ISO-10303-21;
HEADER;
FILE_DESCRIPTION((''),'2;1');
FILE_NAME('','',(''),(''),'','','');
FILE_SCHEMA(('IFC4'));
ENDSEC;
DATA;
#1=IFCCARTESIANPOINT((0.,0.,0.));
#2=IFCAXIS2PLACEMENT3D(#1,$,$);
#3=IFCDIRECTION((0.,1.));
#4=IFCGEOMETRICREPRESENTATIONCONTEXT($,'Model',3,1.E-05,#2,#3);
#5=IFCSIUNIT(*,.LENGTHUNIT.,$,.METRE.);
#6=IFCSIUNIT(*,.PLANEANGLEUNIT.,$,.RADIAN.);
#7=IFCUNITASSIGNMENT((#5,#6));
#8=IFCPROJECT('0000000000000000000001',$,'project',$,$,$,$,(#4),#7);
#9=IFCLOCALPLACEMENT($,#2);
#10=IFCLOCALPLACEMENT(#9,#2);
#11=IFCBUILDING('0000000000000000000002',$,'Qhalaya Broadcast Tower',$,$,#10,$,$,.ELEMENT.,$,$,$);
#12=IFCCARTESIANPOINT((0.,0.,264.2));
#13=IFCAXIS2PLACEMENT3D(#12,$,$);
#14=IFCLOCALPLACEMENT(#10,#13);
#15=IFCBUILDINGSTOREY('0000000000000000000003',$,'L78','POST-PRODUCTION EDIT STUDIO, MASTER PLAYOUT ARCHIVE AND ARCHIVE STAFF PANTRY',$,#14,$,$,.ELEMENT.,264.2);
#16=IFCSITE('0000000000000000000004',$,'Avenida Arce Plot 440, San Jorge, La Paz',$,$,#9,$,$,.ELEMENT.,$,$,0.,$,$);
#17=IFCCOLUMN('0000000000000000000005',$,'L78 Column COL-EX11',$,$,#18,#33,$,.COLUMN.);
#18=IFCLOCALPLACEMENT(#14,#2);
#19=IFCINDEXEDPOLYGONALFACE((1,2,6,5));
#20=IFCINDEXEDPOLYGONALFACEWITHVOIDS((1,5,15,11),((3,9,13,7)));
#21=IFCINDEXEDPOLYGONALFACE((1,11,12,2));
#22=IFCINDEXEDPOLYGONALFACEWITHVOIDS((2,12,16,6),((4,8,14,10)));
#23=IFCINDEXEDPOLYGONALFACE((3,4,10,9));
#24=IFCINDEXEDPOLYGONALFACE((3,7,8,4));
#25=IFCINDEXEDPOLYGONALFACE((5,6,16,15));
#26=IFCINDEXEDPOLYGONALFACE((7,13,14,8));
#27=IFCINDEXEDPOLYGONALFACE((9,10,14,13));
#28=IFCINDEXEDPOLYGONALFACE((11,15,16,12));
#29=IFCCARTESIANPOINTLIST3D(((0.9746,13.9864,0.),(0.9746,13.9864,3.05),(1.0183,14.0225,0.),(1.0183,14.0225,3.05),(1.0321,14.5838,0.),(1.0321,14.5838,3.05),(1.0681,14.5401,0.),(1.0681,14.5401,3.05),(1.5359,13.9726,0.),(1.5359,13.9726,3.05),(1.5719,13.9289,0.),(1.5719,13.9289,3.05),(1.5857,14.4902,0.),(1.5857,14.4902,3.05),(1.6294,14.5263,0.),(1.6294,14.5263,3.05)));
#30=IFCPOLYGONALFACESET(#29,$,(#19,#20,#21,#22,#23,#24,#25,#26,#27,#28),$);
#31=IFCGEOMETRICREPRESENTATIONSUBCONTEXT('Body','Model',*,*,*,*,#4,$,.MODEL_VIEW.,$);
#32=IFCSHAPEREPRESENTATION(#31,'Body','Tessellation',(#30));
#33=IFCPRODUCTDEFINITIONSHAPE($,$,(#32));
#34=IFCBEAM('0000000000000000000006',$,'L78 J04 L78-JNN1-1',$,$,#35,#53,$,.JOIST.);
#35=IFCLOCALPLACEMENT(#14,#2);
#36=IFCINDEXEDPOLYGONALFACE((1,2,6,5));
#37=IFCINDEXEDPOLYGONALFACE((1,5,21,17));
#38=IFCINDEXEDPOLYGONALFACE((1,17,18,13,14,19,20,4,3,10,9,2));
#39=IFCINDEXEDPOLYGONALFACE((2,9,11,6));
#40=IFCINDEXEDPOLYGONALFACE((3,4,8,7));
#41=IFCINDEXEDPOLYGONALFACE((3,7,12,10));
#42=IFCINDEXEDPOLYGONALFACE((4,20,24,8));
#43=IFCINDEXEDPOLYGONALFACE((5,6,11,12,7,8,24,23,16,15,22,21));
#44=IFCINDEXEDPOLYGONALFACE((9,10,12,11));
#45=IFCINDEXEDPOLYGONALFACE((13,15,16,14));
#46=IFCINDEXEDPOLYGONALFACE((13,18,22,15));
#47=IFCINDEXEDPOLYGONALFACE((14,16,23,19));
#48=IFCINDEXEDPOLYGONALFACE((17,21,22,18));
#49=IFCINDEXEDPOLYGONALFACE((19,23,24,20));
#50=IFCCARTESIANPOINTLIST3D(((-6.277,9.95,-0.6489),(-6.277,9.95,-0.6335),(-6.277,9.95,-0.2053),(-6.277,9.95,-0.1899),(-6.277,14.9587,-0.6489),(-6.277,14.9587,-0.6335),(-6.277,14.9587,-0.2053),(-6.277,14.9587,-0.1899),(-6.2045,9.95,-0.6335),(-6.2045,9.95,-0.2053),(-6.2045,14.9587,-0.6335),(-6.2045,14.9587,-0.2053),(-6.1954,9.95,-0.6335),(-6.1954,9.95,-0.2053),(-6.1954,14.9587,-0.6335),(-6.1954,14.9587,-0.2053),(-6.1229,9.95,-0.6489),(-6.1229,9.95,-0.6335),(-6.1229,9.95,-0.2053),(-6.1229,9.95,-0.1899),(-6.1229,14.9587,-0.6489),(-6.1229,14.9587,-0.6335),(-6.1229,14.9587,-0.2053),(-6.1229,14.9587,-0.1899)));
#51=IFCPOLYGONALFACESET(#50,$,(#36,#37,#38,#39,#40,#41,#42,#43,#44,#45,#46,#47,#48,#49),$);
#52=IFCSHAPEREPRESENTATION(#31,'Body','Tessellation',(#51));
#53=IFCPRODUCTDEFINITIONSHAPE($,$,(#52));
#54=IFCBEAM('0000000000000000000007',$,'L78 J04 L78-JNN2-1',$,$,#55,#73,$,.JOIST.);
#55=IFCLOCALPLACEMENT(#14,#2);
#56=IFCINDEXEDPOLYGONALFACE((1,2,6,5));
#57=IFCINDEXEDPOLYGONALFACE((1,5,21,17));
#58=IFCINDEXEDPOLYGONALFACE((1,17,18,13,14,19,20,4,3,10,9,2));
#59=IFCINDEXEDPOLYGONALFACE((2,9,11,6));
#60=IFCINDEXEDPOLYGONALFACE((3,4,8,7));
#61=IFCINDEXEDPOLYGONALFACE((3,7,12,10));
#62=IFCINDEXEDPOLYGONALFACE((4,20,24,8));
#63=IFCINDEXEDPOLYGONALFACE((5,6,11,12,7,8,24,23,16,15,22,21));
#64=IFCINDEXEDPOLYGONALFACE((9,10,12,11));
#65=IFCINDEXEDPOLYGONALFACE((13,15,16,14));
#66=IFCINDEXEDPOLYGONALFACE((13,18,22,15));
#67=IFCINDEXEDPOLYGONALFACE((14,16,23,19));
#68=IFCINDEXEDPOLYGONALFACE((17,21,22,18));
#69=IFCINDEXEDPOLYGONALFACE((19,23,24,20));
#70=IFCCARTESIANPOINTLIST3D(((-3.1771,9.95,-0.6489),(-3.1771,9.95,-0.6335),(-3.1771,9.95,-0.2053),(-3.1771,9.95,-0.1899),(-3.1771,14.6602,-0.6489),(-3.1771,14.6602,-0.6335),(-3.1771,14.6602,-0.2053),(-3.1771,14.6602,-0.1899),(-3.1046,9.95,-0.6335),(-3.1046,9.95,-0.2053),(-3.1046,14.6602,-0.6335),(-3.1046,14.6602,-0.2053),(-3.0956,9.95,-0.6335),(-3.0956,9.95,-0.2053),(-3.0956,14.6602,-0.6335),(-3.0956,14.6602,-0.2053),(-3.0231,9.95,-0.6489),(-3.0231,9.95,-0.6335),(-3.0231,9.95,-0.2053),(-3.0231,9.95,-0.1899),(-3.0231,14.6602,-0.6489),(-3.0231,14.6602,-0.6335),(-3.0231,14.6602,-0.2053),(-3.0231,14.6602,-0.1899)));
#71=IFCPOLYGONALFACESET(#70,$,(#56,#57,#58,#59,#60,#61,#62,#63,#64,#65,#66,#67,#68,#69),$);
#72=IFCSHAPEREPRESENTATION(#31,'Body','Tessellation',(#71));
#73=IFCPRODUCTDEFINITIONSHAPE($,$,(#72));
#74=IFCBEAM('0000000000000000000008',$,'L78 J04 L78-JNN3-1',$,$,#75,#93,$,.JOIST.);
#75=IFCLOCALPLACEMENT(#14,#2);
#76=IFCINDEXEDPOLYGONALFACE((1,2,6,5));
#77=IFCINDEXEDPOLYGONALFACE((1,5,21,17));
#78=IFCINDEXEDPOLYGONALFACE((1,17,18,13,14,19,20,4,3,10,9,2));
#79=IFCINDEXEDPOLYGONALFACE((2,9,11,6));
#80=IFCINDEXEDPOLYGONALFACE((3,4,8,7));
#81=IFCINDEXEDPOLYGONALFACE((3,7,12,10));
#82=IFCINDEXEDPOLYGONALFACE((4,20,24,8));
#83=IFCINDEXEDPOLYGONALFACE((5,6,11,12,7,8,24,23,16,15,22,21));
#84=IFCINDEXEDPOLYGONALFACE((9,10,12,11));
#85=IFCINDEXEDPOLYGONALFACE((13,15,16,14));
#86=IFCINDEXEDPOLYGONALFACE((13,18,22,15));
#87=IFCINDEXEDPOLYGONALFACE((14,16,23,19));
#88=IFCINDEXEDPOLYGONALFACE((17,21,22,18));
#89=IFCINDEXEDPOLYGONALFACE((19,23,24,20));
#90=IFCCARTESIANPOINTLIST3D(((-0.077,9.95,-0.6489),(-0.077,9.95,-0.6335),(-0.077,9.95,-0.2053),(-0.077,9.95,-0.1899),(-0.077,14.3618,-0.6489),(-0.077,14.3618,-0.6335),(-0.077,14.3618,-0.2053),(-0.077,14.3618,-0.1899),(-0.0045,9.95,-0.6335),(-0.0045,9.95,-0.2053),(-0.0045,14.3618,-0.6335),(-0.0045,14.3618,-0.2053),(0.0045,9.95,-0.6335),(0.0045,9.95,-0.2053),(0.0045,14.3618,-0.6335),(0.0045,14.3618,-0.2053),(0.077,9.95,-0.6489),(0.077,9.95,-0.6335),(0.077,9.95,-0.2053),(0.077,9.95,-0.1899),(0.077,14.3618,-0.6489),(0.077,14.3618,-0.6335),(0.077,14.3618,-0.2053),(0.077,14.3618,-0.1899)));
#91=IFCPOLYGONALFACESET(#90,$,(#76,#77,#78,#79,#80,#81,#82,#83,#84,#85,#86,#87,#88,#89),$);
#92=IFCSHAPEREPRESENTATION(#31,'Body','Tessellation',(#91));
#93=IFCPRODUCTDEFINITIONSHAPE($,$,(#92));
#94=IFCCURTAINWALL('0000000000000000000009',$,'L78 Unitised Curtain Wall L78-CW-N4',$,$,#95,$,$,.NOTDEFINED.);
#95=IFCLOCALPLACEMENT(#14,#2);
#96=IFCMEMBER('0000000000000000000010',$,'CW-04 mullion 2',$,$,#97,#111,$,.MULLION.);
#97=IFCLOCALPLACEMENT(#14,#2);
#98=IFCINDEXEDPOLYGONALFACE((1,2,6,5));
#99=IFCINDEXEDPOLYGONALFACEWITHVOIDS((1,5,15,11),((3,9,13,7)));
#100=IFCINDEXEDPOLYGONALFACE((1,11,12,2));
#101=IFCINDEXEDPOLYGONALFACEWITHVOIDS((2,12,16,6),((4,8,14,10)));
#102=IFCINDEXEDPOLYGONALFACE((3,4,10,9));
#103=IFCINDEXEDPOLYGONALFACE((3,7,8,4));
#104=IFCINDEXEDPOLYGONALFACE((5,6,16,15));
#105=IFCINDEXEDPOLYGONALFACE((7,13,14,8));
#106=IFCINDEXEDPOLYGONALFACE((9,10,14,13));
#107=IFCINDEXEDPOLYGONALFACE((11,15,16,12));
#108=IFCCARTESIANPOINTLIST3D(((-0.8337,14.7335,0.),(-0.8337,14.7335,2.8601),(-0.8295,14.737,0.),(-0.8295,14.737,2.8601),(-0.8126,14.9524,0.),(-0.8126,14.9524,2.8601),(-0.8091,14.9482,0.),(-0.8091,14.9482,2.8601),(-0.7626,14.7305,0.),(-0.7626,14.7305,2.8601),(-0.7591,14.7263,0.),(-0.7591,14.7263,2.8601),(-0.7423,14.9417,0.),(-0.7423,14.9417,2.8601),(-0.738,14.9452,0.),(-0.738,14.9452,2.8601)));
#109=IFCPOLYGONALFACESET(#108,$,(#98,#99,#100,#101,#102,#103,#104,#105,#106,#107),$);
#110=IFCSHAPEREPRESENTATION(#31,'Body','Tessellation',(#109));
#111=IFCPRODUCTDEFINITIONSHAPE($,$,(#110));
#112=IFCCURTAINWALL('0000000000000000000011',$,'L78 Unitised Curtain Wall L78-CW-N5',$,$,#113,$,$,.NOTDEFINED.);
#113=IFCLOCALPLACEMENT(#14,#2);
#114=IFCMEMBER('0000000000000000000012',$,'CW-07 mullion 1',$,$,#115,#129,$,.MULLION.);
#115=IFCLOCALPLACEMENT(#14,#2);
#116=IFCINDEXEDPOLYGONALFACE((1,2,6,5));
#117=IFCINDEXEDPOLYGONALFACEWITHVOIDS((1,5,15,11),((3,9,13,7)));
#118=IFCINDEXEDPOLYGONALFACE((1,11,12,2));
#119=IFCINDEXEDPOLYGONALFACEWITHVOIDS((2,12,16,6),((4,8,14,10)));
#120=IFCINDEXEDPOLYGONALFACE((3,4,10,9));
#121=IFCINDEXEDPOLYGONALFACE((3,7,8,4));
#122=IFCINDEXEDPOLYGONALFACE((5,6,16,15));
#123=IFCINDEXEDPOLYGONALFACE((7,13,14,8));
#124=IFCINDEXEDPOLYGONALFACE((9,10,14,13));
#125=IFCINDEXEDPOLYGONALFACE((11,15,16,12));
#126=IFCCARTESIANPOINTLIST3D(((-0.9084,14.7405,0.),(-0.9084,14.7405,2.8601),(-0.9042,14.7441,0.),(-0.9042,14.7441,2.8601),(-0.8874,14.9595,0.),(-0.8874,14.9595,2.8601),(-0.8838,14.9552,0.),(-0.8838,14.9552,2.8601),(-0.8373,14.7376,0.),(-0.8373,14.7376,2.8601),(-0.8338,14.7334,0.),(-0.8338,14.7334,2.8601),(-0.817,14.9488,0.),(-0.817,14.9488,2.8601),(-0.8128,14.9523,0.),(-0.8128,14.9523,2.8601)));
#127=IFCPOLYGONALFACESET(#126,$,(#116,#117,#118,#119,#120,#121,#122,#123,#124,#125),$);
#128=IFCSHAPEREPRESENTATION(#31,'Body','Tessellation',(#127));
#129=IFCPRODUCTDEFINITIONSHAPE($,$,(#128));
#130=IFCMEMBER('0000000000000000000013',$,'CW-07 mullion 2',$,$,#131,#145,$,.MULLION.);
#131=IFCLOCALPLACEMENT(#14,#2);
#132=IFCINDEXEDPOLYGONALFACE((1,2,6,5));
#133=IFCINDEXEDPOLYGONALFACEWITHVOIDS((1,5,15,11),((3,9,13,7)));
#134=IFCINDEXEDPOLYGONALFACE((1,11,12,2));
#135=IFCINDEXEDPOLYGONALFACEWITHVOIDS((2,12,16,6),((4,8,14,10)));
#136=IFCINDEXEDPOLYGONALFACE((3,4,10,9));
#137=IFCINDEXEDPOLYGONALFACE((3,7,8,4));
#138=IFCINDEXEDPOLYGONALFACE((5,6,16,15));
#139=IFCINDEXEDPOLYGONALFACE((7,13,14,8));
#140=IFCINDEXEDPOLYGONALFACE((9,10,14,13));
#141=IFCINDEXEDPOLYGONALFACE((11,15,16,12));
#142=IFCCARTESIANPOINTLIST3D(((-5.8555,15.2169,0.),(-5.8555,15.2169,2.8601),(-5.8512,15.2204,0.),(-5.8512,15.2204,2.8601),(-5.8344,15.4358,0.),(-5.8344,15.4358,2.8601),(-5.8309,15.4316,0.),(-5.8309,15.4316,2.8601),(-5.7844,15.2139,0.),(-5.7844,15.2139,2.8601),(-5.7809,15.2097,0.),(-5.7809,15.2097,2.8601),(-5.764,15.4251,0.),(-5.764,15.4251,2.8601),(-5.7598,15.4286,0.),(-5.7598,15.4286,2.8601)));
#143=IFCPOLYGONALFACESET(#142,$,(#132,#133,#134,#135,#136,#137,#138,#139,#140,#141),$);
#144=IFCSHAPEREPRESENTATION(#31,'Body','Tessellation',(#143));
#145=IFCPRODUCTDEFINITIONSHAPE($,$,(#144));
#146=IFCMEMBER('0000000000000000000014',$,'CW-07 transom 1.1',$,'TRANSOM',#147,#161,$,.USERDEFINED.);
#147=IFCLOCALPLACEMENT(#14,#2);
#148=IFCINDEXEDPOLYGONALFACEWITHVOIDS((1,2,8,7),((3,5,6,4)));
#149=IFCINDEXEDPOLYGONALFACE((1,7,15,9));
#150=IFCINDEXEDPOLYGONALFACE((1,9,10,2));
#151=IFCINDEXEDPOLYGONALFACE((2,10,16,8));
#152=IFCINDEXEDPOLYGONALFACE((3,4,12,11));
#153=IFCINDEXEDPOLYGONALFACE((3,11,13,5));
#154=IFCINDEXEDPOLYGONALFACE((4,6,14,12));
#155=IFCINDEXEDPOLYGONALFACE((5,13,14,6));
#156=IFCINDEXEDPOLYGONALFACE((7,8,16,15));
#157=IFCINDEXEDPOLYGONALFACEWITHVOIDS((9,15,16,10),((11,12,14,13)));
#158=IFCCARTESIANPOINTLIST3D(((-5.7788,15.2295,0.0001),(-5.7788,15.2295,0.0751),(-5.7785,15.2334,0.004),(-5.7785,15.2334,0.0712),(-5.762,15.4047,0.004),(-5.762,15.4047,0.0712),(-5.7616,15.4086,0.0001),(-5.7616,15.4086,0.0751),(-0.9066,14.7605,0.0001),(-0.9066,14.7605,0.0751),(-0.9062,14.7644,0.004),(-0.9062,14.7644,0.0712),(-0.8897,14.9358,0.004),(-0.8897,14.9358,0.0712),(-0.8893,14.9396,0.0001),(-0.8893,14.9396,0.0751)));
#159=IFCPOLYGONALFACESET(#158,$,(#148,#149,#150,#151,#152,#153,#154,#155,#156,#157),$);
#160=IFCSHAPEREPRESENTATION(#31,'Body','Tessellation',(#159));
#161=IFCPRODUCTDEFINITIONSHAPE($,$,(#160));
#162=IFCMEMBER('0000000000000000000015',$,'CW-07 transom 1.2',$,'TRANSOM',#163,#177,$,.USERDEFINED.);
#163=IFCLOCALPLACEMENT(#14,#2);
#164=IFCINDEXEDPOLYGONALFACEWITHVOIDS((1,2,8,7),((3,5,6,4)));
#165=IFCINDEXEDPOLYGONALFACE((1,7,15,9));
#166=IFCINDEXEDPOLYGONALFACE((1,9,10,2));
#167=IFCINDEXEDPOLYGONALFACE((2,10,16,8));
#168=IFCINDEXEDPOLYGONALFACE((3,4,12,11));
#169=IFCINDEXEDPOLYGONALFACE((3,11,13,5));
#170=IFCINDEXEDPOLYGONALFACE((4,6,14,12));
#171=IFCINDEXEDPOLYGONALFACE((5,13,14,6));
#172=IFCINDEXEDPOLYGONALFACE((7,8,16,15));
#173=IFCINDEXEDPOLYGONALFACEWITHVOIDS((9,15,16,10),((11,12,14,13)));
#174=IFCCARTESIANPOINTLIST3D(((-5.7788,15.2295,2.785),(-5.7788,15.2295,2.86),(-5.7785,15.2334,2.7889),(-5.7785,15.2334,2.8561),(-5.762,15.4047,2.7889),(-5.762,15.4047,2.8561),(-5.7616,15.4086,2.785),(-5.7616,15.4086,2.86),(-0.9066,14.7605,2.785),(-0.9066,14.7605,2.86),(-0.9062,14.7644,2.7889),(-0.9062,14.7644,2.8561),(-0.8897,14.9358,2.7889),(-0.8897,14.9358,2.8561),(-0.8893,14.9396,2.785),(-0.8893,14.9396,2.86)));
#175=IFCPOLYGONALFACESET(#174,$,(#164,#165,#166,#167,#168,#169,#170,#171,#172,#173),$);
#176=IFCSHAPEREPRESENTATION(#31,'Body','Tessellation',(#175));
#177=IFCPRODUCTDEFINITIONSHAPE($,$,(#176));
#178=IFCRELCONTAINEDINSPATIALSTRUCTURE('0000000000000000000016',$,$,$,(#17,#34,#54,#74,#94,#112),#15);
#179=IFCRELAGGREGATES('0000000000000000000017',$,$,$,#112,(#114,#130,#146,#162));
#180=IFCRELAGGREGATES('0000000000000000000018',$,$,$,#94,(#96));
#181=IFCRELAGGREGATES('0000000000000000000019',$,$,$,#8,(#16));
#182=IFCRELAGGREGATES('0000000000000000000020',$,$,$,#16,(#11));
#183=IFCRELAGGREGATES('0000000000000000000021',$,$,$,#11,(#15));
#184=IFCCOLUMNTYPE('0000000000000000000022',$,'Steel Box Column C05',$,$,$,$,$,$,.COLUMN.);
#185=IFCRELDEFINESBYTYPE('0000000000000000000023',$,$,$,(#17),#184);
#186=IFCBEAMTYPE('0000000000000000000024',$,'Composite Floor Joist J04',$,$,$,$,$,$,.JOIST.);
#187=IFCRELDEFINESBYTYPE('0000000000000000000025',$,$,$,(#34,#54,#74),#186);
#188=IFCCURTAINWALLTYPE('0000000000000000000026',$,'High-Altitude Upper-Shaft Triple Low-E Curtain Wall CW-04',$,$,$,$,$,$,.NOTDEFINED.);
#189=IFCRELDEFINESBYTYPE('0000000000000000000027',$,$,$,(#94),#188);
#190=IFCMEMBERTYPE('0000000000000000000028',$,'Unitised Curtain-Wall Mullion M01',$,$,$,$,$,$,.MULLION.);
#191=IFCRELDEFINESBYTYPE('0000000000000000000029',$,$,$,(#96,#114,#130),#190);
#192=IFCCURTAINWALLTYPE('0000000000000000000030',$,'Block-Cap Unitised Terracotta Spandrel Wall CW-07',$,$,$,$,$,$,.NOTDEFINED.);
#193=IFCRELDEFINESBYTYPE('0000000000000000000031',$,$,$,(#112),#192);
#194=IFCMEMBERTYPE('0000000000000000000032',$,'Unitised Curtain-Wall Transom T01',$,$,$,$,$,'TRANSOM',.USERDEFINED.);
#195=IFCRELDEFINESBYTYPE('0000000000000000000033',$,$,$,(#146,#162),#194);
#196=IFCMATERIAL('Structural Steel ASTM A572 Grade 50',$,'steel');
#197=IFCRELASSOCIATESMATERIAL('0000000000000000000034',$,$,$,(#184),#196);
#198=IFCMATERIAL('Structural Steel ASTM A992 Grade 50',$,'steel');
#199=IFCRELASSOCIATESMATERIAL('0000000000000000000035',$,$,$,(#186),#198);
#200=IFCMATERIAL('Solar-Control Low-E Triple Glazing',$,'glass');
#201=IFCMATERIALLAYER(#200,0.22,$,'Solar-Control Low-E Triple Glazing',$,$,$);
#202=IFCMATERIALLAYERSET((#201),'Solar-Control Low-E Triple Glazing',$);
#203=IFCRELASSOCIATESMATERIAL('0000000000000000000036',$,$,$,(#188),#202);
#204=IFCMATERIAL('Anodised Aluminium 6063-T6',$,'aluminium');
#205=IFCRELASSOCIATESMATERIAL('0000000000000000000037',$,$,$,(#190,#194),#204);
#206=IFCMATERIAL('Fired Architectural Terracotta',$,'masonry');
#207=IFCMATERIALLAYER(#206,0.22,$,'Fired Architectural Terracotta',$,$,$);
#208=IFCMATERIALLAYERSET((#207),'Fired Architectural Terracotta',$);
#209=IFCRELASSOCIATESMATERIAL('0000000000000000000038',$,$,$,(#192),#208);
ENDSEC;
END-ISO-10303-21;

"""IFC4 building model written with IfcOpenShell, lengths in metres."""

from ifc_helpers import new_model, si_unit, direction, frame, origin, origin_2d, place, context, subcontext, project, spatial, hollow_rectangle, i_section, extrude, material, layer, layer_set, material_profile, profile_set, type_object, element, aggregate, save


model = new_model("IFC4")

# Units and contexts
model_context = context("Model", 3, precision=1e-05, world=origin(), true_north=direction((0.0, 1.0)))
body_context = subcontext(model_context, "Body", "Model", "MODEL_VIEW")
ifc_project = project(units=[si_unit("LENGTHUNIT", "METRE"), si_unit("PLANEANGLEUNIT", "RADIAN")], contexts=[model_context])

# Site, building, storey
site_placement = place(None, origin())
site = spatial("IfcSite", under=ifc_project, at=site_placement, Name="Avenida Arce Plot 440, San Jorge, La Paz", CompositionType="ELEMENT", RefElevation=0.0)
building_placement = place(site_placement, origin())
building = spatial("IfcBuilding", under=site, at=building_placement, Name="Qhalaya Broadcast Tower", CompositionType="ELEMENT")
storey_placement = place(building_placement, frame((0.0, 0.0, 264.2)))
storey = spatial("IfcBuildingStorey", under=building, at=storey_placement, Name="L78", Description="POST-PRODUCTION EDIT STUDIO, MASTER PLAYOUT ARCHIVE AND ARCHIVE STAFF PANTRY", CompositionType="ELEMENT", Elevation=264.2)

# Column
ifc_material_1 = material(Name="Structural Steel ASTM A572 Grade 50", Category="steel")
ifc_material_profile_1 = material_profile(ifc_material_1, hollow_rectangle(XDim=0.6001, YDim=0.6001, WallThickness=0.04, at=origin_2d()), Name="BOX 600x600x40")
ifc_profile_set_1 = profile_set([ifc_material_profile_1], Name="Structural Steel ASTM A572 Grade 50")
column_type = type_object("IfcColumnType", Name="Steel Box Column C05", PredefinedType="COLUMN", material=ifc_profile_set_1)
column_placement = place(storey_placement, frame((1.302, 14.2563, 0.0), z_axis=(0.0, 0.0, 1.0), x_axis=(0.995396, -0.095846, 0.0)))
element("IfcColumn", 1, at=column_placement, inside=storey, type_object=column_type, Name="L78 Column COL-EX11", PredefinedType="COLUMN", context=body_context, shape_type="SweptSolid", body=[
    extrude(hollow_rectangle(XDim=0.6001, YDim=0.6001, WallThickness=0.04, at=origin_2d()), origin(), (0.0, 0.0, 1.0), 3.05),
])

# Beams
ifc_material_2 = material(Name="Structural Steel ASTM A992 Grade 50", Category="steel")
ifc_material_profile_2 = material_profile(ifc_material_2, i_section(OverallWidth=0.1541, OverallDepth=0.459, WebThickness=0.009, FlangeThickness=0.0154, at=origin_2d()), Name="W18X46")
ifc_profile_set_2 = profile_set([ifc_material_profile_2], Name="Structural Steel ASTM A992 Grade 50")
beam_type_1 = type_object("IfcBeamType", Name="Composite Floor Joist J04", PredefinedType="JOIST", material=ifc_profile_set_2)
beam_1_placement = place(storey_placement, frame((-6.2, 9.95, -0.4194), z_axis=(0.0, 1.0, 0.0), x_axis=(-1.0, 0.0, 0.0)))
element("IfcBeam", 2, at=beam_1_placement, inside=storey, type_object=beam_type_1, Name="L78 J04 L78-JNN1-1", PredefinedType="JOIST", context=body_context, shape_type="SweptSolid", body=[
    extrude(i_section(OverallWidth=0.1541, OverallDepth=0.459, WebThickness=0.009, FlangeThickness=0.0154, at=origin_2d()), origin(), (0.0, 0.0, 1.0), 5.0088),
])
beam_2_placement = place(storey_placement, frame((-3.1001, 9.95, -0.4194), z_axis=(0.0, 1.0, 0.0), x_axis=(-1.0, 0.0, 0.0)))
element("IfcBeam", 3, at=beam_2_placement, inside=storey, type_object=beam_type_1, Name="L78 J04 L78-JNN2-1", PredefinedType="JOIST", context=body_context, shape_type="SweptSolid", body=[
    extrude(i_section(OverallWidth=0.1541, OverallDepth=0.459, WebThickness=0.009, FlangeThickness=0.0154, at=origin_2d()), origin(), (0.0, 0.0, 1.0), 4.7102),
])
beam_3_placement = place(storey_placement, frame((0.0, 9.95, -0.4194), z_axis=(0.0, 1.0, 0.0), x_axis=(-1.0, 0.0, 0.0)))
element("IfcBeam", 4, at=beam_3_placement, inside=storey, type_object=beam_type_1, Name="L78 J04 L78-JNN3-1", PredefinedType="JOIST", context=body_context, shape_type="SweptSolid", body=[
    extrude(i_section(OverallWidth=0.1541, OverallDepth=0.459, WebThickness=0.009, FlangeThickness=0.0154, at=origin_2d()), origin(), (0.0, 0.0, 1.0), 4.4119),
])

# Curtain wall, member
ifc_material_3 = material(Name="Solar-Control Low-E Triple Glazing", Category="glass")
ifc_layer_1 = layer(ifc_material_3, 0.22, Name="Solar-Control Low-E Triple Glazing")
ifc_layer_set_1 = layer_set([ifc_layer_1], Name="Solar-Control Low-E Triple Glazing")
curtain_wall_type_1 = type_object("IfcCurtainWallType", Name="High-Altitude Upper-Shaft Triple Low-E Curtain Wall CW-04", PredefinedType="NOTDEFINED", material=ifc_layer_set_1)
curtain_wall_1_placement = place(storey_placement, origin())
curtain_wall_1 = element("IfcCurtainWall", 5, at=curtain_wall_1_placement, inside=storey, type_object=curtain_wall_type_1, Name="L78 Unitised Curtain Wall L78-CW-N4", PredefinedType="NOTDEFINED")
ifc_material_4 = material(Name="Anodised Aluminium 6063-T6", Category="aluminium")
ifc_material_profile_3 = material_profile(ifc_material_4, hollow_rectangle(XDim=0.075, YDim=0.22, WallThickness=0.0039, at=origin_2d()), Name="ALU-MUL 75x220x4")
ifc_profile_set_3 = profile_set([ifc_material_profile_3], Name="Anodised Aluminium 6063-T6")
member_type_1 = type_object("IfcMemberType", Name="Unitised Curtain-Wall Mullion M01", PredefinedType="MULLION", material=ifc_profile_set_3)
member_1_placement = place(storey_placement, frame((-0.7859, 14.8394, 0.0), z_axis=(0.0, 0.0, 1.0), x_axis=(-0.995394, 0.095865, 0.0)))
member_1 = element("IfcMember", 6, at=member_1_placement, type_object=member_type_1, Name="CW-04 mullion 2", PredefinedType="MULLION", context=body_context, shape_type="SweptSolid", body=[
    extrude(hollow_rectangle(XDim=0.075, YDim=0.22, WallThickness=0.0039, at=origin_2d()), origin(), (0.0, 0.0, 1.0), 2.8601),
])

# Curtain wall, members
ifc_material_5 = material(Name="Fired Architectural Terracotta", Category="masonry")
ifc_layer_2 = layer(ifc_material_5, 0.22, Name="Fired Architectural Terracotta")
ifc_layer_set_2 = layer_set([ifc_layer_2], Name="Fired Architectural Terracotta")
curtain_wall_type_2 = type_object("IfcCurtainWallType", Name="Block-Cap Unitised Terracotta Spandrel Wall CW-07", PredefinedType="NOTDEFINED", material=ifc_layer_set_2)
curtain_wall_2_placement = place(storey_placement, origin())
curtain_wall_2 = element("IfcCurtainWall", 7, at=curtain_wall_2_placement, inside=storey, type_object=curtain_wall_type_2, Name="L78 Unitised Curtain Wall L78-CW-N5", PredefinedType="NOTDEFINED")
member_2_placement = place(storey_placement, frame((-0.8606, 14.8464, 0.0), z_axis=(0.0, 0.0, 1.0), x_axis=(-0.995397, 0.095839, 0.0)))
member_2 = element("IfcMember", 8, at=member_2_placement, type_object=member_type_1, Name="CW-07 mullion 1", PredefinedType="MULLION", context=body_context, shape_type="SweptSolid", body=[
    extrude(hollow_rectangle(XDim=0.075, YDim=0.22, WallThickness=0.0039, at=origin_2d()), origin(), (0.0, 0.0, 1.0), 2.8601),
])
member_3_placement = place(storey_placement, frame((-5.8076, 15.3228, 0.0), z_axis=(0.0, 0.0, 1.0), x_axis=(-0.995397, 0.095839, 0.0)))
member_3 = element("IfcMember", 9, at=member_3_placement, type_object=member_type_1, Name="CW-07 mullion 2", PredefinedType="MULLION", context=body_context, shape_type="SweptSolid", body=[
    extrude(hollow_rectangle(XDim=0.075, YDim=0.22, WallThickness=0.0039, at=origin_2d()), origin(), (0.0, 0.0, 1.0), 2.8601),
])
ifc_material_profile_4 = material_profile(ifc_material_4, hollow_rectangle(XDim=0.075, YDim=0.1799, WallThickness=0.0039, at=origin_2d()), Name="ALU-TRN 75x180x4")
ifc_profile_set_4 = profile_set([ifc_material_profile_4], Name="Anodised Aluminium 6063-T6")
member_type_2 = type_object("IfcMemberType", Name="Unitised Curtain-Wall Transom T01", ElementType="TRANSOM", PredefinedType="USERDEFINED", material=ifc_profile_set_4)
member_4_placement = place(storey_placement, frame((-0.8979, 14.8501, 0.0376), z_axis=(-0.995399, 0.095814, 0.0), x_axis=(0.0, 0.0, 1.0)))
member_4 = element("IfcMember", 10, at=member_4_placement, type_object=member_type_2, Name="CW-07 transom 1.1", ObjectType="TRANSOM", PredefinedType="USERDEFINED", context=body_context, shape_type="SweptSolid", body=[
    extrude(hollow_rectangle(XDim=0.075, YDim=0.1799, WallThickness=0.0039, at=origin_2d()), origin(), (0.0, 0.0, 1.0), 4.8948),
])
member_5_placement = place(storey_placement, frame((-0.8979, 14.8501, 2.8225), z_axis=(-0.995399, 0.095814, 0.0), x_axis=(0.0, 0.0, 1.0)))
member_5 = element("IfcMember", 11, at=member_5_placement, type_object=member_type_2, Name="CW-07 transom 1.2", ObjectType="TRANSOM", PredefinedType="USERDEFINED", context=body_context, shape_type="SweptSolid", body=[
    extrude(hollow_rectangle(XDim=0.075, YDim=0.1799, WallThickness=0.0039, at=origin_2d()), origin(), (0.0, 0.0, 1.0), 4.8948),
])

aggregate(curtain_wall_2, [member_2, member_3, member_4, member_5])
aggregate(curtain_wall_1, [member_1])

save(model, "model.ifc")
